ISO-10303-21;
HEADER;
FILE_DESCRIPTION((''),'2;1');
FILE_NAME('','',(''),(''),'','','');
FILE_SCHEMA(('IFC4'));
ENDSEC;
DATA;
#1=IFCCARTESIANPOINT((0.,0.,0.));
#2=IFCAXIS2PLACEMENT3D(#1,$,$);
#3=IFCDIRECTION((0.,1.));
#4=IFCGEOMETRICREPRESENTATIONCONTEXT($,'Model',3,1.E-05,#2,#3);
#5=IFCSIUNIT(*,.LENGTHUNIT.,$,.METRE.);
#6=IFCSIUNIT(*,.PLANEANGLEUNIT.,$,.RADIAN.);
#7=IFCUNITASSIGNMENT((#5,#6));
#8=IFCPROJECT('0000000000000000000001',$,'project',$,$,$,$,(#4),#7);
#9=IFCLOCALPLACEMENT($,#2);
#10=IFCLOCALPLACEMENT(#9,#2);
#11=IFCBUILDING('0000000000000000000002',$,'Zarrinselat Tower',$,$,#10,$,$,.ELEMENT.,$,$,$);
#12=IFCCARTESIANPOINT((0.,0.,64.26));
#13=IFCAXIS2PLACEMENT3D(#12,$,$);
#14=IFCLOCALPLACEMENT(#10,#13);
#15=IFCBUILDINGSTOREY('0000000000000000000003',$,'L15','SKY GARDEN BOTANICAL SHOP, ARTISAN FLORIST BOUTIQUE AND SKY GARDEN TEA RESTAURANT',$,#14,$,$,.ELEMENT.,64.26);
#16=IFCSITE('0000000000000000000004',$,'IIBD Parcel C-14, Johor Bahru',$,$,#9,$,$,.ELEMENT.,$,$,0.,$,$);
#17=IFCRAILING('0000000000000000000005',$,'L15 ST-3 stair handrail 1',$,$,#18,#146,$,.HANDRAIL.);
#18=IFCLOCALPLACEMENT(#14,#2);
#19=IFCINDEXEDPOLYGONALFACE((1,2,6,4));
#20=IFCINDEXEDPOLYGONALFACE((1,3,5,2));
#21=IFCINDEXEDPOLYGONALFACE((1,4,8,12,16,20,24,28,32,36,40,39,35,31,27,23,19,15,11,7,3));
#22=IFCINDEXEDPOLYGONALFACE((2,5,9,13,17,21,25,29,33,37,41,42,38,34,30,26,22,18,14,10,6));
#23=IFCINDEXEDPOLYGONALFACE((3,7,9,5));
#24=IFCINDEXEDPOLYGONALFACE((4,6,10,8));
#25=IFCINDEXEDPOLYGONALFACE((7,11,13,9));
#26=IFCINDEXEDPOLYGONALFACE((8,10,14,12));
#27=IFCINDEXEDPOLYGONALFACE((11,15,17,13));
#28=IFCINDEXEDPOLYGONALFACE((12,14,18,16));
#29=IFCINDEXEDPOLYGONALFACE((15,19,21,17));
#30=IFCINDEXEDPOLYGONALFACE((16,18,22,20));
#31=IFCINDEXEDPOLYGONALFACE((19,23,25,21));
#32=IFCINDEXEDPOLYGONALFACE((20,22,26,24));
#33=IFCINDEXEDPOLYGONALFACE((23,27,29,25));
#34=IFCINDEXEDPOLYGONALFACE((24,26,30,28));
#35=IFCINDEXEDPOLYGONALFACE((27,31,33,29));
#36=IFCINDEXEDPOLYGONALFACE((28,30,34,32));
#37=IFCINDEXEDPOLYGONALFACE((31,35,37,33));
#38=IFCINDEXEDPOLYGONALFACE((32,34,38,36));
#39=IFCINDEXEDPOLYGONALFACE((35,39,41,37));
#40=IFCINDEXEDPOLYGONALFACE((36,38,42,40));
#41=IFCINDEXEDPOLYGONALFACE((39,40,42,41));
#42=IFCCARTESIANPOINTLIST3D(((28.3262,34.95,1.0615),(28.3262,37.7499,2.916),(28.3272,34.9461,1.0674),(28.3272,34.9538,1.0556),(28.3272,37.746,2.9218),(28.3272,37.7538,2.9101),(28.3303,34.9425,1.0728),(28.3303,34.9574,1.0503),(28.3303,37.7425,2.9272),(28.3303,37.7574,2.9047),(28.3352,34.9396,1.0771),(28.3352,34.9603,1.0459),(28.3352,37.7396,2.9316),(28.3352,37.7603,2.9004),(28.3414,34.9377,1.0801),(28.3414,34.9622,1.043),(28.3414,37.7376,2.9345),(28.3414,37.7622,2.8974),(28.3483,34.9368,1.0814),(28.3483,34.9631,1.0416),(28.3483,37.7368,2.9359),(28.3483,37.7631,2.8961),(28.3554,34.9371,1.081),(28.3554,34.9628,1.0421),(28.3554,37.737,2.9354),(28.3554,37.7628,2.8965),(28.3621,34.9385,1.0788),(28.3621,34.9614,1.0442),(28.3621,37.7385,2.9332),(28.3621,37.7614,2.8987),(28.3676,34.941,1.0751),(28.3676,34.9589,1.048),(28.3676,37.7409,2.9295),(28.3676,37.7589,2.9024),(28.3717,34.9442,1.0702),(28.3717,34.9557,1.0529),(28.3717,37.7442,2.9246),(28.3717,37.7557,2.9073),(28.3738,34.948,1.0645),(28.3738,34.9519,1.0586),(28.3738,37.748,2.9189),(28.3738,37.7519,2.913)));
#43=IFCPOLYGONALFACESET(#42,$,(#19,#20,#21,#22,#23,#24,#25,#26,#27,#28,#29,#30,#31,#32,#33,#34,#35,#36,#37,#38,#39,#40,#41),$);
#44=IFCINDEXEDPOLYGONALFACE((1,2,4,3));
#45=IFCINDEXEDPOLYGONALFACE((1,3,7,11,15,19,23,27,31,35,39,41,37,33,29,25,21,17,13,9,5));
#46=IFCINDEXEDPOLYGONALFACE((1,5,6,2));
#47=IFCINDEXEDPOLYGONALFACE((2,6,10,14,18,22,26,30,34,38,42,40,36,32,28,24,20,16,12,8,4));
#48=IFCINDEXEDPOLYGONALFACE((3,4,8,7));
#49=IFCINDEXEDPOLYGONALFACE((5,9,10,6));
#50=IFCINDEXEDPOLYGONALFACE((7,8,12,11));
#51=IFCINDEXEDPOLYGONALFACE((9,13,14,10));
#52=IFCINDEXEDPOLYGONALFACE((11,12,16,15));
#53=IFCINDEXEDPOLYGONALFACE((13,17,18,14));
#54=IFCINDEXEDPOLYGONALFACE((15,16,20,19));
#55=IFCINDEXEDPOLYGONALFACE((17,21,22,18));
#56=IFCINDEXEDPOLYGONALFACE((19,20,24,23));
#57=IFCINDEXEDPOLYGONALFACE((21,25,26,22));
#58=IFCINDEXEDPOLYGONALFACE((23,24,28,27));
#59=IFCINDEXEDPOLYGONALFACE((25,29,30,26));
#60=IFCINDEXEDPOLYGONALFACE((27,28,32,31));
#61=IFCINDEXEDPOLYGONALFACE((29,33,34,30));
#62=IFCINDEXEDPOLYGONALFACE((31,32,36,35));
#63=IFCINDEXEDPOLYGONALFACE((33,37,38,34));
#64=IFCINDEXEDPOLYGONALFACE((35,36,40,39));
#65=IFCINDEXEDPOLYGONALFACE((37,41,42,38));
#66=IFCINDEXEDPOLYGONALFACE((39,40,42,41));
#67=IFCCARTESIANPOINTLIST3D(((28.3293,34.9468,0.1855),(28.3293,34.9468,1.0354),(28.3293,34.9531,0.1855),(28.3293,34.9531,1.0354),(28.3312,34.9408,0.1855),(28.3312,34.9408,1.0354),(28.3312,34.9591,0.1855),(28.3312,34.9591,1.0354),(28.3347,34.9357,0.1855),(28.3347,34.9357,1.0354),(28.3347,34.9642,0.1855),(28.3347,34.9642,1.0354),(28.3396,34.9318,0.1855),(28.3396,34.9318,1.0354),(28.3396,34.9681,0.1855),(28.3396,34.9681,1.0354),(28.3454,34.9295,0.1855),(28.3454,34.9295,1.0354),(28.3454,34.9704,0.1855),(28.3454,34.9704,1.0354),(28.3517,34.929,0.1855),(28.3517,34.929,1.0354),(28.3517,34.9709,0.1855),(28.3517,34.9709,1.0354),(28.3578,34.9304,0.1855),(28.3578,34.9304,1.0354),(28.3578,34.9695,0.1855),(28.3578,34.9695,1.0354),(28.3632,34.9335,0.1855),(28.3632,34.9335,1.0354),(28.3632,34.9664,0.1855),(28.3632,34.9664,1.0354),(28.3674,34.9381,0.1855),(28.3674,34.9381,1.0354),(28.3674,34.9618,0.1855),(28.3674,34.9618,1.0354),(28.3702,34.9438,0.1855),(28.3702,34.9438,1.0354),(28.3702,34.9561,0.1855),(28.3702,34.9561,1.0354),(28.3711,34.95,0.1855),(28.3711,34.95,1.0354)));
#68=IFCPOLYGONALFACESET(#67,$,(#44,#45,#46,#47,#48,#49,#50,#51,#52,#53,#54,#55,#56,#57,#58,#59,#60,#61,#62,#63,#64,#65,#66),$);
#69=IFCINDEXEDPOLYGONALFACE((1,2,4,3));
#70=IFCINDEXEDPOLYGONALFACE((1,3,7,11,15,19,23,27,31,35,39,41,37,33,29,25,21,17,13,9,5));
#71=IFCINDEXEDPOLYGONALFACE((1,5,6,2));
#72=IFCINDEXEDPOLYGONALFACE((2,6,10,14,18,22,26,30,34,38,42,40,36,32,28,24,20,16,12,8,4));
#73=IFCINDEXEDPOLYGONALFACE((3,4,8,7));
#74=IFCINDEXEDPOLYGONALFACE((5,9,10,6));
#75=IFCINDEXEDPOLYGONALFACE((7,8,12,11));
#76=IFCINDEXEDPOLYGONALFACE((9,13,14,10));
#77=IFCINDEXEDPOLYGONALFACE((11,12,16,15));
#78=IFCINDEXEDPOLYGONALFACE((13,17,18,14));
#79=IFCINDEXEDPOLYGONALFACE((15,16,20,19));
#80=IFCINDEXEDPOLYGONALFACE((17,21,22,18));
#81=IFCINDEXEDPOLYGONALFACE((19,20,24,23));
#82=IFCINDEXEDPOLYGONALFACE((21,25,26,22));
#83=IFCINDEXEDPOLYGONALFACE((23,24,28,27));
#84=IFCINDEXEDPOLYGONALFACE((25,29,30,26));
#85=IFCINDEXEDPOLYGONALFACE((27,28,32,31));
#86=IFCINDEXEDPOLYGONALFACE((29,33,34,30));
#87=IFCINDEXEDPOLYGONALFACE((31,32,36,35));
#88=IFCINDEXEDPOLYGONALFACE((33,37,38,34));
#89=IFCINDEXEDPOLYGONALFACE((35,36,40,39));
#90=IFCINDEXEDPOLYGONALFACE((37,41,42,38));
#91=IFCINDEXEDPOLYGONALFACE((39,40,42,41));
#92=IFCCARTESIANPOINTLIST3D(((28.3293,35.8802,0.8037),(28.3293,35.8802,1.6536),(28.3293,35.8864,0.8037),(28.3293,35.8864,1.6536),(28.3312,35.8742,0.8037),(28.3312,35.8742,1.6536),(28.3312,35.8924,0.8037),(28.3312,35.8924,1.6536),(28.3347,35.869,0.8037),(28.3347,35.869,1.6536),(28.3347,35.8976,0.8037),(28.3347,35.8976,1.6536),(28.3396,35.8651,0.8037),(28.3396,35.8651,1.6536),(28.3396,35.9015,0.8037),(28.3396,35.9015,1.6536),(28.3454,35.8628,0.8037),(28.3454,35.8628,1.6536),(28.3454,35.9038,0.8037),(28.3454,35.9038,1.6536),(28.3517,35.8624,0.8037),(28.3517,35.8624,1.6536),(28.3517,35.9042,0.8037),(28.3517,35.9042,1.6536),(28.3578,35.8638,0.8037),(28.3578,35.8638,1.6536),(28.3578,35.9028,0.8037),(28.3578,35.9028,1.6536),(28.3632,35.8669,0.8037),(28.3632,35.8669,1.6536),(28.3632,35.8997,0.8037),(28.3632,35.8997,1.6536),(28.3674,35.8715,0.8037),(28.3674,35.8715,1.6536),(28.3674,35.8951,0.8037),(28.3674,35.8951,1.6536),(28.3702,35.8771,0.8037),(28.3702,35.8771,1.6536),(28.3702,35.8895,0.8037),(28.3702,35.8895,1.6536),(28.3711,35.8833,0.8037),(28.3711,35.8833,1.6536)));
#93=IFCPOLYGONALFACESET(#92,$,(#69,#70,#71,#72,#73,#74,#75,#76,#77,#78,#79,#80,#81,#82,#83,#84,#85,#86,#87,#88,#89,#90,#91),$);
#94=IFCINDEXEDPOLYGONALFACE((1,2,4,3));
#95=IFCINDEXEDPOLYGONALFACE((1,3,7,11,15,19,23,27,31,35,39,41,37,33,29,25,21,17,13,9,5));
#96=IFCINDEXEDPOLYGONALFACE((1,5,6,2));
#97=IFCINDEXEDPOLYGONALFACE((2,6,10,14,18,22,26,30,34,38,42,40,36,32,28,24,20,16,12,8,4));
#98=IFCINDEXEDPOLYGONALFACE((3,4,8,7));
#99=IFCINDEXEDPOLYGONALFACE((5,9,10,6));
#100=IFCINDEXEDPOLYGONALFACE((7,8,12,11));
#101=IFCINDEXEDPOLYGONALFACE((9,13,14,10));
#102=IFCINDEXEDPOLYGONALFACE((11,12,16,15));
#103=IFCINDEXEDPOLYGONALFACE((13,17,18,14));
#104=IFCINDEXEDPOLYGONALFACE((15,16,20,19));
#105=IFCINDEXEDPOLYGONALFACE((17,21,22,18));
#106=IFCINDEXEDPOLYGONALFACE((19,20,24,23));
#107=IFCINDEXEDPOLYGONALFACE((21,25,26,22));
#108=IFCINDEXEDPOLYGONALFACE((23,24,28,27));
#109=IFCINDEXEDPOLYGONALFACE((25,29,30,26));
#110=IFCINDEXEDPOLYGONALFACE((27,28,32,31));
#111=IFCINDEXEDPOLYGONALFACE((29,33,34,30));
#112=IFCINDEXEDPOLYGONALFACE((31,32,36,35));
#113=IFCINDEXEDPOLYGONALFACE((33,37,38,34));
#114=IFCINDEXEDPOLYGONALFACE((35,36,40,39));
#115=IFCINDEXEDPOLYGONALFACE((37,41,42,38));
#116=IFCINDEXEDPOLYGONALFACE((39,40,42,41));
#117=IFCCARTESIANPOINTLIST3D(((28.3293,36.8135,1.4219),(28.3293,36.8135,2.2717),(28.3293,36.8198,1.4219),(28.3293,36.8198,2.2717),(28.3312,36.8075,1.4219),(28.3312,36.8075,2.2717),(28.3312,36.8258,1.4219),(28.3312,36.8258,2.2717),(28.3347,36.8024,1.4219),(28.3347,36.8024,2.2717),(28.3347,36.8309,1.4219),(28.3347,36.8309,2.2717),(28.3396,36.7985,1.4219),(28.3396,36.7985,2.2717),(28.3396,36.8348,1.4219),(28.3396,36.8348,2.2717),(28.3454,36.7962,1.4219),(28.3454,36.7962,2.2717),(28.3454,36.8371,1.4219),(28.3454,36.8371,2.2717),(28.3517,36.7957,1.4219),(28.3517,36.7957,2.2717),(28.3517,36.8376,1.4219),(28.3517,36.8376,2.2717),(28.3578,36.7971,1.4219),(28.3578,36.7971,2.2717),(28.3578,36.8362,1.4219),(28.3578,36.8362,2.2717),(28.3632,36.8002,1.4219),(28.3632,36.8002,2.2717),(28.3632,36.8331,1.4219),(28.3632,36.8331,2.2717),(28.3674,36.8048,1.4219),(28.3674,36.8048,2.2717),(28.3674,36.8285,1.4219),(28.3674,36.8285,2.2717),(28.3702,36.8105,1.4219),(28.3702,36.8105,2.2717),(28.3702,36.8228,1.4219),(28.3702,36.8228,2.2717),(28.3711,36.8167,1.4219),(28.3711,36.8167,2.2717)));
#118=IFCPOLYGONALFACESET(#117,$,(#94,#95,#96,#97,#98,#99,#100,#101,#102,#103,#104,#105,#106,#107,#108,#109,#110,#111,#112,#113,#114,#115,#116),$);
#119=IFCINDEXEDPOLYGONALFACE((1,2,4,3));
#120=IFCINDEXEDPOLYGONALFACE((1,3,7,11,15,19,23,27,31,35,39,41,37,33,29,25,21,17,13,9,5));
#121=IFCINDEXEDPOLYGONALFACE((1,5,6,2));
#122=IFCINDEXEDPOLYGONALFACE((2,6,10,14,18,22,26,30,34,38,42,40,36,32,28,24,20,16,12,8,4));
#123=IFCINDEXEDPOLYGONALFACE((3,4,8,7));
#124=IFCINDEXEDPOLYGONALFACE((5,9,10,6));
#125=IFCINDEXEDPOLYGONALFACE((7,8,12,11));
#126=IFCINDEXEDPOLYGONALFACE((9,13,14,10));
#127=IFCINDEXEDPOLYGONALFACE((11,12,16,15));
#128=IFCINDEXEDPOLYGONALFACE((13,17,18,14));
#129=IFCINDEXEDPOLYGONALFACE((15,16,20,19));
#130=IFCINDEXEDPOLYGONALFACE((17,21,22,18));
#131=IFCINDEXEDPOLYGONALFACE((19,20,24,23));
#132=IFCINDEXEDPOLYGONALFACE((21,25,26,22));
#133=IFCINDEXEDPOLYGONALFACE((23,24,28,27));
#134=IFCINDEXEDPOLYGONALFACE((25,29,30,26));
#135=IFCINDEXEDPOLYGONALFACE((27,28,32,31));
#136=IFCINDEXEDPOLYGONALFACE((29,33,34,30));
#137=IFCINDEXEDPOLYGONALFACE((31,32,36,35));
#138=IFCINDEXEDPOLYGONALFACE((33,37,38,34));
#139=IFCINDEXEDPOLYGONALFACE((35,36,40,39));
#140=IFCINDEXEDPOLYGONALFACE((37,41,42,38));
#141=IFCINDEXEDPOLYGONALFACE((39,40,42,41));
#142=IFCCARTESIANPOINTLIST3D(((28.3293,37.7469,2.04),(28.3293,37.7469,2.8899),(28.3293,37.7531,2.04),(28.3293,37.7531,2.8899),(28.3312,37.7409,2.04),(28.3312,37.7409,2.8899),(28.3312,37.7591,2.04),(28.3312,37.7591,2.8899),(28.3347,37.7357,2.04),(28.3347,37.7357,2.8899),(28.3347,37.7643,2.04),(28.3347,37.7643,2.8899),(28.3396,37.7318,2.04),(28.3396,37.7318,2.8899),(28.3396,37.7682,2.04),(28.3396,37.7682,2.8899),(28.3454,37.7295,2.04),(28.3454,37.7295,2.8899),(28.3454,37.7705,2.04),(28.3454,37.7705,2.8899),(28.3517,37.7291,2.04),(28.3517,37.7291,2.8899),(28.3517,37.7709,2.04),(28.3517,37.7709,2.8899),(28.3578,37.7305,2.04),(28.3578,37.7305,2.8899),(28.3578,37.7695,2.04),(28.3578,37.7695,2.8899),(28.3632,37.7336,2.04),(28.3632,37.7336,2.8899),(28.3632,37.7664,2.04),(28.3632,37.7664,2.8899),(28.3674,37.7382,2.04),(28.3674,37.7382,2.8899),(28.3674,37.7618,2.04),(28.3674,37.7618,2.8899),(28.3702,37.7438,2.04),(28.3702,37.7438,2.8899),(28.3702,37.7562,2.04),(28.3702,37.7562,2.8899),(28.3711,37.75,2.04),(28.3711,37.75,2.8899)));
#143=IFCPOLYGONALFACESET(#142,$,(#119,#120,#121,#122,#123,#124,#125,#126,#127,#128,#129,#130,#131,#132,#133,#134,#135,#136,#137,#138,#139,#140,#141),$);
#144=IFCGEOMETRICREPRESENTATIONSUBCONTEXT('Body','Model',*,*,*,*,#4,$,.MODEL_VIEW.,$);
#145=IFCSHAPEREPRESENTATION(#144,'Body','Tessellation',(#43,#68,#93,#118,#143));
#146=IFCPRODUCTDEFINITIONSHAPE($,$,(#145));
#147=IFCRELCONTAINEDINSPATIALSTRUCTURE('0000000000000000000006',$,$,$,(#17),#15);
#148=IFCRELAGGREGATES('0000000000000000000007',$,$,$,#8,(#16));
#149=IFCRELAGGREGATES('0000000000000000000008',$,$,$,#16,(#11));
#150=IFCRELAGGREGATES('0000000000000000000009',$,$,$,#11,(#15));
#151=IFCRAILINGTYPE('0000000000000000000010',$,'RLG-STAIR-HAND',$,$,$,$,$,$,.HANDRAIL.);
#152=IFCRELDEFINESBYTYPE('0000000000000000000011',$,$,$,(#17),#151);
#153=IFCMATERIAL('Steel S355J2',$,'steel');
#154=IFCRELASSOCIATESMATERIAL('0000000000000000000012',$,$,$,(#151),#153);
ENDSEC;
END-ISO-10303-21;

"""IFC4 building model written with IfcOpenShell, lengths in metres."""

from ifc_helpers import new_model, si_unit, direction, frame, origin, origin_2d, place, context, subcontext, project, spatial, circle, extrude, material, type_object, element, save


model = new_model("IFC4")

# Units and contexts
model_context = context("Model", 3, precision=1e-05, world=origin(), true_north=direction((0.0, 1.0)))
body_context = subcontext(model_context, "Body", "Model", "MODEL_VIEW")
ifc_project = project(units=[si_unit("LENGTHUNIT", "METRE"), si_unit("PLANEANGLEUNIT", "RADIAN")], contexts=[model_context])

# Site, building, storey
site_placement = place(None, origin())
site = spatial("IfcSite", under=ifc_project, at=site_placement, Name="IIBD Parcel C-14, Johor Bahru", CompositionType="ELEMENT", RefElevation=0.0)
building_placement = place(site_placement, origin())
building = spatial("IfcBuilding", under=site, at=building_placement, Name="Zarrinselat Tower", CompositionType="ELEMENT")
storey_placement = place(building_placement, frame((0.0, 0.0, 64.26)))
storey = spatial("IfcBuildingStorey", under=building, at=storey_placement, Name="L15", Description="SKY GARDEN BOTANICAL SHOP, ARTISAN FLORIST BOUTIQUE AND SKY GARDEN TEA RESTAURANT", CompositionType="ELEMENT", Elevation=64.26)

# Railing
ifc_material_1 = material(Name="Steel S355J2", Category="steel")
railing_type_1 = type_object("IfcRailingType", Name="RLG-STAIR-HAND", PredefinedType="HANDRAIL", material=ifc_material_1)
railing_1_placement = place(storey_placement, frame((28.3501, 34.95, 0.1855)))
element("IfcRailing", 1, at=railing_1_placement, inside=storey, type_object=railing_type_1, Name="L15 ST-3 stair handrail 1", PredefinedType="HANDRAIL", context=body_context, shape_type="SweptSolid", body=[
    extrude(circle(Radius=0.0239, at=origin_2d()), frame((0.0, 0.0, 0.876), z_axis=(0.0, 0.833724, 0.552181), x_axis=(-1.0, 0.0, 0.0)), (0.0, 0.0, 1.0), 3.3584),
    extrude(circle(Radius=0.021, at=origin_2d()), origin(), (0.0, 0.0, 1.0), 0.8499),
    extrude(circle(Radius=0.021, at=origin_2d()), frame((0.0, 0.9333, 0.6182)), (0.0, 0.0, 1.0), 0.8499),
    extrude(circle(Radius=0.021, at=origin_2d()), frame((0.0, 1.8667, 1.2363)), (0.0, 0.0, 1.0), 0.8499),
    extrude(circle(Radius=0.021, at=origin_2d()), frame((0.0, 2.8, 1.8545)), (0.0, 0.0, 1.0), 0.8499),
])

save(model, "model.ifc")
